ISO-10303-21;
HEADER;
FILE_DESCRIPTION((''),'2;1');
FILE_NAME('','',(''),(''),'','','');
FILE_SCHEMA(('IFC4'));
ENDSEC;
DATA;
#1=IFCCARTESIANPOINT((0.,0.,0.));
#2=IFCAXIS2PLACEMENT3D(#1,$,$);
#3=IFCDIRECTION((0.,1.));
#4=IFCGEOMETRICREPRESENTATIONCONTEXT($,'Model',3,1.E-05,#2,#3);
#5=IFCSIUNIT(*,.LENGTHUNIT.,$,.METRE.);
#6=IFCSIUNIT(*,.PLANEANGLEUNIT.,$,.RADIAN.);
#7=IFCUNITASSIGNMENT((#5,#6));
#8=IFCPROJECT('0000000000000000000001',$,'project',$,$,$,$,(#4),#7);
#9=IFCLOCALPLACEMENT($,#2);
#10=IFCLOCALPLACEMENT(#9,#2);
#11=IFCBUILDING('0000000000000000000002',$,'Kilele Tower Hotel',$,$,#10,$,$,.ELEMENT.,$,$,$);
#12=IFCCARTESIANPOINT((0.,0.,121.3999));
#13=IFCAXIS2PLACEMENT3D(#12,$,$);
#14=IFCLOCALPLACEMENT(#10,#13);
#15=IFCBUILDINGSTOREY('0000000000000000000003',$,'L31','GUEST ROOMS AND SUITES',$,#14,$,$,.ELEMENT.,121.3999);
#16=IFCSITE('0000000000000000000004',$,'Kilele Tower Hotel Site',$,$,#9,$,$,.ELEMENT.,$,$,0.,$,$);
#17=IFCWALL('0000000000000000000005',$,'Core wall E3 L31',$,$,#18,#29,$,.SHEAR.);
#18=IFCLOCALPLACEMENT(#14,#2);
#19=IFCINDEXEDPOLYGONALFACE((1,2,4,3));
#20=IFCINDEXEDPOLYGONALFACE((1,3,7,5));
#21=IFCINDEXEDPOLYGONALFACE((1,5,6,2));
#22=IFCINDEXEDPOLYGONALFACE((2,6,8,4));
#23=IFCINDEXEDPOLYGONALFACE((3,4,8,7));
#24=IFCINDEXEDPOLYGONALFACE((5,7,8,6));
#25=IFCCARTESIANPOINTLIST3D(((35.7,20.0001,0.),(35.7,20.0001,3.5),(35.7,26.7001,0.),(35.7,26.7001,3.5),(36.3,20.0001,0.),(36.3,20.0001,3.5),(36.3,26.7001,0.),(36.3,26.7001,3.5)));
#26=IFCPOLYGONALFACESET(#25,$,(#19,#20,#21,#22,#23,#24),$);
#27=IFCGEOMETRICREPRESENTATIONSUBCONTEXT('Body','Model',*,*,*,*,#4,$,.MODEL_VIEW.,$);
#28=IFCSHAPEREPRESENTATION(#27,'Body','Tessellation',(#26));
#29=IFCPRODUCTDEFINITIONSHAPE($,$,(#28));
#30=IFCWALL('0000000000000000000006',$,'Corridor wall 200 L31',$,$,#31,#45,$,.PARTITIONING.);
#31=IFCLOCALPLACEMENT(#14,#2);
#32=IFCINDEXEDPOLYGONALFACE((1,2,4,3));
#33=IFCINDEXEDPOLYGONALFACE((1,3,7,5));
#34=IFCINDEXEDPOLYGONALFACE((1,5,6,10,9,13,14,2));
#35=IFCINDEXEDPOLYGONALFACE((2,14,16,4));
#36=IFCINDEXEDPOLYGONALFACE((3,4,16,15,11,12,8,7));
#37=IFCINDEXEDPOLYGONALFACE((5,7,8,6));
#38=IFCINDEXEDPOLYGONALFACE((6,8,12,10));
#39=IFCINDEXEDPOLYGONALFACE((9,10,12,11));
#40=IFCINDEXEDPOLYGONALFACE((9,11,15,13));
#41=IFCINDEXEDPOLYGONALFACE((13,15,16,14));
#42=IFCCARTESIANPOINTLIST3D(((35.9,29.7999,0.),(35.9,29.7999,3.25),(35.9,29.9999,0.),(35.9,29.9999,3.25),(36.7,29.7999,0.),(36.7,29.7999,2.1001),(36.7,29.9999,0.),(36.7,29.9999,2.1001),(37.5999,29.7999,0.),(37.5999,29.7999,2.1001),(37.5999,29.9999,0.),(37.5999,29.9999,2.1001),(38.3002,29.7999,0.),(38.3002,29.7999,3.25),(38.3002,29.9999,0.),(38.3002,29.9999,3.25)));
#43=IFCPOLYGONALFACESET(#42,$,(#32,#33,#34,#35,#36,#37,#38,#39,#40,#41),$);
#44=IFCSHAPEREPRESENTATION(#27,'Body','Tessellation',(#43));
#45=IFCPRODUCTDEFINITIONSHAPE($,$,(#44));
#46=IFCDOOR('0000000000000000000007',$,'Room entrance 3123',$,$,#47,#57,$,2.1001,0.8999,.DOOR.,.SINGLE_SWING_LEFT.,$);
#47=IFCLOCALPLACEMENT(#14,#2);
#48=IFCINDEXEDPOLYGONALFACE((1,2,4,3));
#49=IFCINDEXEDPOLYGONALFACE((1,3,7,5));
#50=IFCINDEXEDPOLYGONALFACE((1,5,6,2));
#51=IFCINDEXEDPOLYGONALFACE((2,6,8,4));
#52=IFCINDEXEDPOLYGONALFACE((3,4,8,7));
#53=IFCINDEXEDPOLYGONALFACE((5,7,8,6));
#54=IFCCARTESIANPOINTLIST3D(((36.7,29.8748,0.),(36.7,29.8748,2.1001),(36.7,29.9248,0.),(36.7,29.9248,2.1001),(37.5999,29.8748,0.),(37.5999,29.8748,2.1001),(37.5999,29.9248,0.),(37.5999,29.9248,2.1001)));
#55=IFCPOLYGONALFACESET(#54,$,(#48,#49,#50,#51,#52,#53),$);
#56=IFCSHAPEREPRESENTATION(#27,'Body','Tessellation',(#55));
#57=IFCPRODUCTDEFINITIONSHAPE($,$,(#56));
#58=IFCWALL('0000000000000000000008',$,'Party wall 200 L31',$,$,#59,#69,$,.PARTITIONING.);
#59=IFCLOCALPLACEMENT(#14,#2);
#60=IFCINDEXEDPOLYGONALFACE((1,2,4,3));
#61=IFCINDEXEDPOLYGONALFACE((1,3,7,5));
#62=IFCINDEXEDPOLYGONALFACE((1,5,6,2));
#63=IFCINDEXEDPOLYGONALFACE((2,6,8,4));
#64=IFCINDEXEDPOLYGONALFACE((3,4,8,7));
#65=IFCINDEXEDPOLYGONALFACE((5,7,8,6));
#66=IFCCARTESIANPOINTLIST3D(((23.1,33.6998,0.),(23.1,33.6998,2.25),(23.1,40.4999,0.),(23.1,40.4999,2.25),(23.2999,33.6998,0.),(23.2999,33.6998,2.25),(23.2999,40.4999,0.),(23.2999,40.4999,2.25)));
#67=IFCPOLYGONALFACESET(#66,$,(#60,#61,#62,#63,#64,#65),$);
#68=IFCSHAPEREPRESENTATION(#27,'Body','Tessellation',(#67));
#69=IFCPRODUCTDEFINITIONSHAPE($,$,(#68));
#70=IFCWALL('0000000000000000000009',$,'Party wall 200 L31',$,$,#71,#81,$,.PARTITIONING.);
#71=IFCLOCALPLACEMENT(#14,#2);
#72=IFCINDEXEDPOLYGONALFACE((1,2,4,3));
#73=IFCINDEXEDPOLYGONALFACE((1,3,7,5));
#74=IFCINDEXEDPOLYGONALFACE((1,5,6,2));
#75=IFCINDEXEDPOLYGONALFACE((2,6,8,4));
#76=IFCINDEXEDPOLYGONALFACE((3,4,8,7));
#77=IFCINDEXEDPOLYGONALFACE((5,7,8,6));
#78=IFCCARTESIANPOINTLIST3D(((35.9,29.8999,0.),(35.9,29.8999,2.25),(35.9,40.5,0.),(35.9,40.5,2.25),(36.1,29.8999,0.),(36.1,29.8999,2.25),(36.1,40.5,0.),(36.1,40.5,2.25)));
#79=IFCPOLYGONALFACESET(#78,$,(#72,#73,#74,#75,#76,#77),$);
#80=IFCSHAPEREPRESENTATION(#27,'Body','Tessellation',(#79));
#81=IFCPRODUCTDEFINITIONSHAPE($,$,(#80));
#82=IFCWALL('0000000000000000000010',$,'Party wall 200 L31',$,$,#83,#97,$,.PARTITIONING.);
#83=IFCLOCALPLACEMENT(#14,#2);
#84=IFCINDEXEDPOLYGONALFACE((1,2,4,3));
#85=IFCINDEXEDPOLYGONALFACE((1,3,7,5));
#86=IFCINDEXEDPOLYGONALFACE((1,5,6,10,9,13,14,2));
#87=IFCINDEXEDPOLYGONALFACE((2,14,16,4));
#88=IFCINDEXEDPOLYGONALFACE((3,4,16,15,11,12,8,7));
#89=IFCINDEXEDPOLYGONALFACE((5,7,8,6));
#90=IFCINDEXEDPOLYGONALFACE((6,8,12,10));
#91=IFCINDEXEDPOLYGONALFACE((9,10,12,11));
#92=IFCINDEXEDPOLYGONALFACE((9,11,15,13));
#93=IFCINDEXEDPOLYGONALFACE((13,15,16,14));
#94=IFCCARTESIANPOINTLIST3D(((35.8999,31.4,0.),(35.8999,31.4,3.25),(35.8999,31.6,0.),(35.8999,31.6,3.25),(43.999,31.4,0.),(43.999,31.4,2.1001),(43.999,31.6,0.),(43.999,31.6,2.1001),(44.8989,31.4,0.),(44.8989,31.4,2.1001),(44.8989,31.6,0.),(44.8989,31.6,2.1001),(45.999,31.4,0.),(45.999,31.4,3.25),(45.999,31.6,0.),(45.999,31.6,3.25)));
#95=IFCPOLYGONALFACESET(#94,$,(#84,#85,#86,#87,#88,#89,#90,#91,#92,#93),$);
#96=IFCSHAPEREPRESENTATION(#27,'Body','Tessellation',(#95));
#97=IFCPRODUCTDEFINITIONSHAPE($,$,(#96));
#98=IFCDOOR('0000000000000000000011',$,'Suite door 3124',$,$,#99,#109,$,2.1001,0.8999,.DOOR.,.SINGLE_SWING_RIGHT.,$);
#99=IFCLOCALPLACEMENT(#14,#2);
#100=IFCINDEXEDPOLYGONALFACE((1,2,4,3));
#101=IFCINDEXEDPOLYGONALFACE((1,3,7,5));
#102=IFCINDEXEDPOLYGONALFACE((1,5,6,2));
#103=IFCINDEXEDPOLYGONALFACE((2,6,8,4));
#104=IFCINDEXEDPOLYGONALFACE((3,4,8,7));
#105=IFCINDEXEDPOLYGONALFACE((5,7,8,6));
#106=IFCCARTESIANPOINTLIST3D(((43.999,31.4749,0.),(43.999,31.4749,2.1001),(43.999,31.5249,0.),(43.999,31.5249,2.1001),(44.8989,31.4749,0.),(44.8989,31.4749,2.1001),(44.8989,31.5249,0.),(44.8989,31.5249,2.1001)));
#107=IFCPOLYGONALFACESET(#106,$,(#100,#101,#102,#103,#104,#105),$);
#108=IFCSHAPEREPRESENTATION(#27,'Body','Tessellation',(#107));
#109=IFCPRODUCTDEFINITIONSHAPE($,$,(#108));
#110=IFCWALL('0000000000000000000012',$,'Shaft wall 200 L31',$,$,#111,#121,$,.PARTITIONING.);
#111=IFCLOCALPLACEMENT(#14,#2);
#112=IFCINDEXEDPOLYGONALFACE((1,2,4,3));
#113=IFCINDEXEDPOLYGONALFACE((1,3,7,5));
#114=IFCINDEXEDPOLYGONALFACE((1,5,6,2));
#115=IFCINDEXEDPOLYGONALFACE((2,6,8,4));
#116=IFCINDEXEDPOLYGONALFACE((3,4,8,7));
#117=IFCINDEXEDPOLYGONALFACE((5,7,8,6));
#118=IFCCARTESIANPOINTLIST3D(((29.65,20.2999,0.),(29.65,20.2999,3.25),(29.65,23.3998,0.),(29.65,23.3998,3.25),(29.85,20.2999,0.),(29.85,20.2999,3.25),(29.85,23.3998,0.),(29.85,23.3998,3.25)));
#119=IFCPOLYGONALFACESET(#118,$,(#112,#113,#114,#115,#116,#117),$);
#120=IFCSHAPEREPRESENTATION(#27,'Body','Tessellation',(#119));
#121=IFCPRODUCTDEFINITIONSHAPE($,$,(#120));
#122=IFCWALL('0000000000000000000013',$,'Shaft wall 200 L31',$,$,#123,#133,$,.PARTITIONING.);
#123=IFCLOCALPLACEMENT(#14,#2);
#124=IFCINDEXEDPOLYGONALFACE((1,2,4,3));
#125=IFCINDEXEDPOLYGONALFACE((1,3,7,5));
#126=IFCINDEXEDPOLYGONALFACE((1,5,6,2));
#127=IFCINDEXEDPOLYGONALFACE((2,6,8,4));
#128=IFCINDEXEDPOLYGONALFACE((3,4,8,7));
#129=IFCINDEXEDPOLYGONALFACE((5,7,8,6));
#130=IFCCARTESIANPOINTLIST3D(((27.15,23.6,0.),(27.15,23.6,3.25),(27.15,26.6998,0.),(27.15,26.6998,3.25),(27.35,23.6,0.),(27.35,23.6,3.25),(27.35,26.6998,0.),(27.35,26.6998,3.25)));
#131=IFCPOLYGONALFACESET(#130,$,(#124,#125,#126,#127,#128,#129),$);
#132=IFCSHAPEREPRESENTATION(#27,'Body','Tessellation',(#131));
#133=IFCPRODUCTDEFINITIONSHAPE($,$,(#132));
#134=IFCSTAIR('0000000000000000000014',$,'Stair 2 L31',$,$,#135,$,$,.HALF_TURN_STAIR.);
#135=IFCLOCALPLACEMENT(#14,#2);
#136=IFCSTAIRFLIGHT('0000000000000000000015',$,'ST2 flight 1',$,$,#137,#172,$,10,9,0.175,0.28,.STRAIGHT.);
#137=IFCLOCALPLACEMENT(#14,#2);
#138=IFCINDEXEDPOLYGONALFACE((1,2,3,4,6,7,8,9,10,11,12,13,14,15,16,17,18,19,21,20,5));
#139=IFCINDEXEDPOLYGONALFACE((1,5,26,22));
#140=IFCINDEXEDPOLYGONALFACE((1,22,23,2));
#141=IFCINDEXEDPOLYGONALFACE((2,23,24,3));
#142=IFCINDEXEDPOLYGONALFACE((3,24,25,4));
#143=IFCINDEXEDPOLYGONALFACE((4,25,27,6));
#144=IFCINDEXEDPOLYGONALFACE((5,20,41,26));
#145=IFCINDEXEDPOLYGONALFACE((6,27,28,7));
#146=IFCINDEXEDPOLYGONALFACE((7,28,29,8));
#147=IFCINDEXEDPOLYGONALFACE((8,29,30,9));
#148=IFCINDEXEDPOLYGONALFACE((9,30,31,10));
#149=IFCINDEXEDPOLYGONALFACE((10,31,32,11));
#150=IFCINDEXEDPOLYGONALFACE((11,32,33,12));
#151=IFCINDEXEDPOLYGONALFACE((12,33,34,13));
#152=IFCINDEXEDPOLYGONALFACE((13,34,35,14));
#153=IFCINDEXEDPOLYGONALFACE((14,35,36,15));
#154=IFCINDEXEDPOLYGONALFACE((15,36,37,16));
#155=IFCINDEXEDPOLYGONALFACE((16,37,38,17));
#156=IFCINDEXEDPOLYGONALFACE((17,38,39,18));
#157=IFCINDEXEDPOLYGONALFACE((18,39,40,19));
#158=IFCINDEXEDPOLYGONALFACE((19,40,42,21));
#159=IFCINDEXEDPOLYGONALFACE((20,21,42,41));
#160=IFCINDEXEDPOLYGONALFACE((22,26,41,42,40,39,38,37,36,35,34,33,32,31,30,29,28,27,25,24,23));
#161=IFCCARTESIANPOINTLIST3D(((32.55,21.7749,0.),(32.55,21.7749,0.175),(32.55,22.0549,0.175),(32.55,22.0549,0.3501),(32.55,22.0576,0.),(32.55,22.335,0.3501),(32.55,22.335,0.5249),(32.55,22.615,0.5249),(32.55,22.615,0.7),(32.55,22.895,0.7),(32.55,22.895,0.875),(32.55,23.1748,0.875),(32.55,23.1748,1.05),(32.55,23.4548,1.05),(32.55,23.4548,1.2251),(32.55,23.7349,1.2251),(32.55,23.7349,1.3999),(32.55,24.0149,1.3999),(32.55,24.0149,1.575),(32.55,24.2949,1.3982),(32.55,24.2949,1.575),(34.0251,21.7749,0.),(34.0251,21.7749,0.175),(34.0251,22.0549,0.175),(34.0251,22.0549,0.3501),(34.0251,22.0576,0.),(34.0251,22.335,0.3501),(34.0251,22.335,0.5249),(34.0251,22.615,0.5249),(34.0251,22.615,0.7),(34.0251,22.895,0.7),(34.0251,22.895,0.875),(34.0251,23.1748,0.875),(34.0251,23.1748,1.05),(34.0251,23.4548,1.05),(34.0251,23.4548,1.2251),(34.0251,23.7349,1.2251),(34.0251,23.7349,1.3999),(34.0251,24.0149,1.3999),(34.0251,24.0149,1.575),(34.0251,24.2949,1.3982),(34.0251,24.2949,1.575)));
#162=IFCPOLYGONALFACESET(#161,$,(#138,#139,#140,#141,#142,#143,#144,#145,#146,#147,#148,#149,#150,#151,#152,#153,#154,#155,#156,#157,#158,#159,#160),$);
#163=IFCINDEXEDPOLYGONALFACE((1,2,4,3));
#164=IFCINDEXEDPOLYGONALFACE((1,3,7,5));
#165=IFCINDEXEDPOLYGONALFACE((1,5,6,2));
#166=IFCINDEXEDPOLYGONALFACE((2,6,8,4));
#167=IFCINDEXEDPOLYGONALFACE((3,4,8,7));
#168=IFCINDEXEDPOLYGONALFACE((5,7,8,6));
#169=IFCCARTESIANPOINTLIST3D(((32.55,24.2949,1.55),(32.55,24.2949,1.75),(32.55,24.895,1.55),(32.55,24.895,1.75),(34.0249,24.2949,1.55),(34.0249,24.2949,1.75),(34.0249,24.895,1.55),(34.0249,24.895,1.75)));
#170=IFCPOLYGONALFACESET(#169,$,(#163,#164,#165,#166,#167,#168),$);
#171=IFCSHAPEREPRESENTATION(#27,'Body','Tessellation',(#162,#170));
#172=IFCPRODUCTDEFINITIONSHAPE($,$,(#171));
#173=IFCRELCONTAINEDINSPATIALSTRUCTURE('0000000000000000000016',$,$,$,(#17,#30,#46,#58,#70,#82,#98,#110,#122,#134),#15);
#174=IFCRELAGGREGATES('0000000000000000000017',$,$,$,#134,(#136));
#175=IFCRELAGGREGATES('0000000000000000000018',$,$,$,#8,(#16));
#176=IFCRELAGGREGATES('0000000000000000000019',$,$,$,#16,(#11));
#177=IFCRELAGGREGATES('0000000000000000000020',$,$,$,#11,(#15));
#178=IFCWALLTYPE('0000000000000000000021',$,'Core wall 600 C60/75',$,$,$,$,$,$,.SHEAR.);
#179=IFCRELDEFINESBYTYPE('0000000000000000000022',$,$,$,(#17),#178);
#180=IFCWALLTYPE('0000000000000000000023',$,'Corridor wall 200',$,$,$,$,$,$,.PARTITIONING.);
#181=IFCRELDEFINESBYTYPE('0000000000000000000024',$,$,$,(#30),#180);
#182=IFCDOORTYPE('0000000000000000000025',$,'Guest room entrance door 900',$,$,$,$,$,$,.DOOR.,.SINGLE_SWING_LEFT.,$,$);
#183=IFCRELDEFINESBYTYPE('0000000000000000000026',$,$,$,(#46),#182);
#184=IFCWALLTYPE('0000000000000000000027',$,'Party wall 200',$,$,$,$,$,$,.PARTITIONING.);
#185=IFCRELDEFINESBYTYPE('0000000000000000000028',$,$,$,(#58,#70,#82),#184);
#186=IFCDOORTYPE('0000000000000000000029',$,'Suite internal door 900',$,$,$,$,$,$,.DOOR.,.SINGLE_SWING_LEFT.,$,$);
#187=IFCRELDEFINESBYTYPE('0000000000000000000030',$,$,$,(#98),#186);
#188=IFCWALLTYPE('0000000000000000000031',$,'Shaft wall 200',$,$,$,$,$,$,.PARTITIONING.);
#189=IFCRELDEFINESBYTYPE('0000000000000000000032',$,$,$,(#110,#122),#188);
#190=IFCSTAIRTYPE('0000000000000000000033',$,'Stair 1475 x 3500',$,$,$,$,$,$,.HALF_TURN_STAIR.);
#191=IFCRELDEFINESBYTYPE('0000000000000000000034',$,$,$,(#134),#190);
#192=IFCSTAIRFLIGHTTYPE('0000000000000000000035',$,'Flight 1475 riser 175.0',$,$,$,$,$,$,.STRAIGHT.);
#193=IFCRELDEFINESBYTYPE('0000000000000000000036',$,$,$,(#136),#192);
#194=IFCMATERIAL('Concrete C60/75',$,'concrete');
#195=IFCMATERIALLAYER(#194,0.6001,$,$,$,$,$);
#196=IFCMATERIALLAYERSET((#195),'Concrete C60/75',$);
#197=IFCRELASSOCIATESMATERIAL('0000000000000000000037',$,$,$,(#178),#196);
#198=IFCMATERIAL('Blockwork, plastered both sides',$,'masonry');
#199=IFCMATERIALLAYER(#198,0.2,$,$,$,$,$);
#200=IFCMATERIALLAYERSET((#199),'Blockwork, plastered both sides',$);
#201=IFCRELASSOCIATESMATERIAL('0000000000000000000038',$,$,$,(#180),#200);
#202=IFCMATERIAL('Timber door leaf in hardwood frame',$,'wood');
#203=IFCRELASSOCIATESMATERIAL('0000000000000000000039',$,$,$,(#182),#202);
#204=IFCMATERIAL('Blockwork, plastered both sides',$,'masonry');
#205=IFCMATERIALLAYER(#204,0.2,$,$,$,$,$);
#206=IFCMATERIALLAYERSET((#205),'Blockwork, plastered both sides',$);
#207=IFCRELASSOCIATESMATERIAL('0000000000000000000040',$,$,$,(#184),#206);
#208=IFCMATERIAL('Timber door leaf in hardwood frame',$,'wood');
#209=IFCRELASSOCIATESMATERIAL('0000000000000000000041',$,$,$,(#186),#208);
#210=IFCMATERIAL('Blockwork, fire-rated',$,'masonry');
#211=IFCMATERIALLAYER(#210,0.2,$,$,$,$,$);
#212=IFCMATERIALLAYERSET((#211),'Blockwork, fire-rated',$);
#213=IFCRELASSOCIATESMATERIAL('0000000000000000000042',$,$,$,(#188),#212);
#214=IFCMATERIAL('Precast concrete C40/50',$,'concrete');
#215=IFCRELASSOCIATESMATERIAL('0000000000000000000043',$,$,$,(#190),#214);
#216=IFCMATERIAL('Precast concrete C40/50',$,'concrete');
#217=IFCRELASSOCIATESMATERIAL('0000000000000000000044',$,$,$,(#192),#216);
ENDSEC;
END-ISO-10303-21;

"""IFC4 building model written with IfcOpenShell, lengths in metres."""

from ifc_helpers import new_model, si_unit, direction, frame, frame_2d, origin, place, context, subcontext, project, spatial, polyline, rectangle, outline, extrude, material, layer, layer_set, type_object, element, fill, aggregate, save


model = new_model("IFC4")

# Units and contexts
model_context = context("Model", 3, precision=1e-05, world=origin(), true_north=direction((0.0, 1.0)))
body_context = subcontext(model_context, "Body", "Model", "MODEL_VIEW")
ifc_project = project(units=[si_unit("LENGTHUNIT", "METRE"), si_unit("PLANEANGLEUNIT", "RADIAN")], contexts=[model_context])

# Site, building, storey
site_placement = place(None, origin())
site = spatial("IfcSite", under=ifc_project, at=site_placement, Name="Kilele Tower Hotel Site", CompositionType="ELEMENT", RefElevation=0.0)
building_placement = place(site_placement, origin())
building = spatial("IfcBuilding", under=site, at=building_placement, Name="Kilele Tower Hotel", CompositionType="ELEMENT")
storey_placement = place(building_placement, frame((0.0, 0.0, 121.3999)))
storey = spatial("IfcBuildingStorey", under=building, at=storey_placement, Name="L31", Description="GUEST ROOMS AND SUITES", CompositionType="ELEMENT", Elevation=121.3999)

# Wall
ifc_material_1 = material(Name="Concrete C60/75", Category="concrete")
ifc_layer_1 = layer(ifc_material_1, 0.6001)
ifc_layer_set_1 = layer_set([ifc_layer_1], Name="Concrete C60/75")
wall_type_1 = type_object("IfcWallType", Name="Core wall 600 C60/75", PredefinedType="SHEAR", material=ifc_layer_set_1)
wall_1_placement = place(storey_placement, frame((36.0, 20.0, 0.0), z_axis=(0.0, 0.0, 1.0), x_axis=(0.0, 1.0, 0.0)))
element("IfcWall", 1, at=wall_1_placement, inside=storey, type_object=wall_type_1, Name="Core wall E3 L31", PredefinedType="SHEAR", context=body_context, shape_type="SweptSolid", body=[
    extrude(rectangle(XDim=6.7, YDim=0.6001, at=frame_2d((3.3501, 0.0))), origin(), (0.0, 0.0, 1.0), 3.5),
])

# Wall, opening, door
ifc_material_2 = material(Name="Blockwork, plastered both sides", Category="masonry")
ifc_layer_2 = layer(ifc_material_2, 0.2)
ifc_layer_set_2 = layer_set([ifc_layer_2], Name="Blockwork, plastered both sides")
wall_type_2 = type_object("IfcWallType", Name="Corridor wall 200", PredefinedType="PARTITIONING", material=ifc_layer_set_2)
wall_2_placement = place(storey_placement, frame((35.8999, 29.8999, 0.0), z_axis=(0.0, 0.0, 1.0), x_axis=(1.0, 0.0, 0.0)))
wall_2 = element("IfcWall", 2, at=wall_2_placement, inside=storey, type_object=wall_type_2, Name="Corridor wall 200 L31", PredefinedType="PARTITIONING", context=body_context, shape_type="SweptSolid", body=[
    extrude(rectangle(XDim=2.4001, YDim=0.2, at=frame_2d((1.2002, 0.0))), origin(), (0.0, 0.0, 1.0), 3.25),
])
opening_1_placement = place(wall_2_placement, frame((0.8, 0.0, 0.0)))
opening_1 = element("IfcOpeningElement", 3, at=opening_1_placement, cuts=wall_2, PredefinedType="OPENING", context=body_context, shape_type="SweptSolid", body=[
    extrude(rectangle(XDim=0.8999, YDim=2.1001, at=frame_2d((0.45, 1.05))), frame((0.0, 0.1099, 0.0), z_axis=(0.0, -1.0, 0.0), x_axis=(1.0, 0.0, 0.0)), (0.0, 0.0, 1.0), 0.22),
])
ifc_material_3 = material(Name="Timber door leaf in hardwood frame", Category="wood")
door_type_1 = type_object("IfcDoorType", Name="Guest room entrance door 900", OperationType="SINGLE_SWING_LEFT", PredefinedType="DOOR", material=ifc_material_3)
door_1_placement = place(opening_1_placement, origin())
door_1 = element("IfcDoor", 4, at=door_1_placement, inside=storey, type_object=door_type_1, Name="Room entrance 3123", OperationType="SINGLE_SWING_LEFT", OverallHeight=2.1001, OverallWidth=0.8999, PredefinedType="DOOR", context=body_context, shape_type="SweptSolid", body=[
    extrude(rectangle(XDim=0.8999, YDim=2.1001, at=frame_2d((0.45, 1.05))), frame((0.0, 0.0249, 0.0), z_axis=(0.0, -1.0, 0.0), x_axis=(1.0, 0.0, 0.0)), (0.0, 0.0, 1.0), 0.05),
])
fill(opening_1, door_1)

# Walls
ifc_material_4 = material(Name="Blockwork, plastered both sides", Category="masonry")
ifc_layer_3 = layer(ifc_material_4, 0.2)
ifc_layer_set_3 = layer_set([ifc_layer_3], Name="Blockwork, plastered both sides")
wall_type_3 = type_object("IfcWallType", Name="Party wall 200", PredefinedType="PARTITIONING", material=ifc_layer_set_3)
wall_3_placement = place(storey_placement, frame((23.2, 33.7, 0.0), z_axis=(0.0, 0.0, 1.0), x_axis=(0.0, 1.0, 0.0)))
element("IfcWall", 5, at=wall_3_placement, inside=storey, type_object=wall_type_3, Name="Party wall 200 L31", PredefinedType="PARTITIONING", context=body_context, shape_type="SweptSolid", body=[
    extrude(rectangle(XDim=6.8, YDim=0.2, at=frame_2d((3.3999, 0.0))), origin(), (0.0, 0.0, 1.0), 2.25),
])
wall_4_placement = place(storey_placement, frame((36.0, 29.8999, 0.0), z_axis=(0.0, 0.0, 1.0), x_axis=(0.0, 1.0, 0.0)))
element("IfcWall", 6, at=wall_4_placement, inside=storey, type_object=wall_type_3, Name="Party wall 200 L31", PredefinedType="PARTITIONING", context=body_context, shape_type="SweptSolid", body=[
    extrude(rectangle(XDim=10.6001, YDim=0.2, at=frame_2d((5.3, 0.0))), origin(), (0.0, 0.0, 1.0), 2.25),
])

# Wall, opening, door
wall_5_placement = place(storey_placement, frame((35.8999, 31.5, 0.0), z_axis=(0.0, 0.0, 1.0), x_axis=(1.0, 0.0, 0.0)))
wall_5 = element("IfcWall", 7, at=wall_5_placement, inside=storey, type_object=wall_type_3, Name="Party wall 200 L31", PredefinedType="PARTITIONING", context=body_context, shape_type="SweptSolid", body=[
    extrude(rectangle(XDim=10.0991, YDim=0.2, at=frame_2d((5.0496, 0.0))), origin(), (0.0, 0.0, 1.0), 3.25),
])
opening_2_placement = place(wall_5_placement, frame((8.0991, 0.0, 0.0)))
opening_2 = element("IfcOpeningElement", 8, at=opening_2_placement, cuts=wall_5, PredefinedType="OPENING", context=body_context, shape_type="SweptSolid", body=[
    extrude(rectangle(XDim=0.8999, YDim=2.1001, at=frame_2d((0.45, 1.05))), frame((0.0, 0.1099, 0.0), z_axis=(0.0, -1.0, 0.0), x_axis=(1.0, 0.0, 0.0)), (0.0, 0.0, 1.0), 0.22),
])
ifc_material_5 = material(Name="Timber door leaf in hardwood frame", Category="wood")
door_type_2 = type_object("IfcDoorType", Name="Suite internal door 900", OperationType="SINGLE_SWING_LEFT", PredefinedType="DOOR", material=ifc_material_5)
door_2_placement = place(opening_2_placement, origin())
door_2 = element("IfcDoor", 9, at=door_2_placement, inside=storey, type_object=door_type_2, Name="Suite door 3124", OperationType="SINGLE_SWING_RIGHT", OverallHeight=2.1001, OverallWidth=0.8999, PredefinedType="DOOR", context=body_context, shape_type="SweptSolid", body=[
    extrude(rectangle(XDim=0.8999, YDim=2.1001, at=frame_2d((0.45, 1.05))), frame((0.0, 0.0249, 0.0), z_axis=(0.0, -1.0, 0.0), x_axis=(1.0, 0.0, 0.0)), (0.0, 0.0, 1.0), 0.05),
])
fill(opening_2, door_2)

# Walls
ifc_material_6 = material(Name="Blockwork, fire-rated", Category="masonry")
ifc_layer_4 = layer(ifc_material_6, 0.2)
ifc_layer_set_4 = layer_set([ifc_layer_4], Name="Blockwork, fire-rated")
wall_type_4 = type_object("IfcWallType", Name="Shaft wall 200", PredefinedType="PARTITIONING", material=ifc_layer_set_4)
for number, where, z_axis, x_axis, name in (
    (10, (29.75, 20.3, 0.0), (0.0, 0.0, 1.0), (0.0, 1.0, 0.0), "Shaft wall 200 L31"),
    (11, (27.25, 23.6001, 0.0), (0.0, 0.0, 1.0), (0.0, 1.0, 0.0), "Shaft wall 200 L31"),
):
    element("IfcWall", number, at=place(storey_placement, frame(where, z_axis=z_axis, x_axis=x_axis)), inside=storey, type_object=wall_type_4, Name=name, PredefinedType="PARTITIONING", context=body_context, shape_type="SweptSolid", body=[
        extrude(rectangle(XDim=3.0999, YDim=0.2, at=frame_2d((1.5498, 0.0))), origin(), (0.0, 0.0, 1.0), 3.25),
    ])

# Stair, stair flight
ifc_material_7 = material(Name="Precast concrete C40/50", Category="concrete")
stair_type = type_object("IfcStairType", Name="Stair 1475 x 3500", PredefinedType="HALF_TURN_STAIR", material=ifc_material_7)
stair_placement = place(storey_placement, origin())
stair = element("IfcStair", 12, at=stair_placement, inside=storey, type_object=stair_type, Name="Stair 2 L31", PredefinedType="HALF_TURN_STAIR")
ifc_material_8 = material(Name="Precast concrete C40/50", Category="concrete")
stair_flight_type = type_object("IfcStairFlightType", Name="Flight 1475 riser 175.0", PredefinedType="STRAIGHT", material=ifc_material_8)
stair_flight_1_placement = place(storey_placement, frame((33.2876, 21.7749, 0.0), z_axis=(0.0, 0.0, 1.0), x_axis=(0.0, 1.0, 0.0)))
stair_flight_1 = element("IfcStairFlight", 13, at=stair_flight_1_placement, type_object=stair_flight_type, Name="ST2 flight 1", NumberOfRisers=10, NumberOfTreads=9, PredefinedType="STRAIGHT", RiserHeight=0.175, TreadLength=0.28, context=body_context, shape_type="SweptSolid", body=[
    extrude(outline(polyline([(0.0, 0.0), (0.0, 0.175), (0.28, 0.175), (0.28, 0.3501), (0.5601, 0.3501), (0.5601, 0.5249), (0.8401, 0.5249), (0.8401, 0.7), (1.1201, 0.7), (1.1201, 0.875), (1.3999, 0.875), (1.3999, 1.05), (1.6799, 1.05), (1.6799, 1.2251), (1.96, 1.2251), (1.96, 1.3999), (2.24, 1.3999), (2.24, 1.575), (2.52, 1.575), (2.52, 1.75), (2.52, 1.3982), (0.2827, 0.0), (0.0, 0.0)])), frame((0.0, 0.7375, 0.0), z_axis=(0.0, -1.0, 0.0), x_axis=(1.0, 0.0, 0.0)), (0.0, 0.0, 1.0), 1.4751),
    extrude(outline(polyline([(2.52, 0.7375), (2.52, -0.7373), (3.1201, -0.7373), (3.1201, 0.7375), (2.52, 0.7375)])), frame((0.0, 0.0, 1.55)), (0.0, 0.0, 1.0), 0.2),
])
aggregate(stair, [stair_flight_1])

save(model, "model.ifc")
